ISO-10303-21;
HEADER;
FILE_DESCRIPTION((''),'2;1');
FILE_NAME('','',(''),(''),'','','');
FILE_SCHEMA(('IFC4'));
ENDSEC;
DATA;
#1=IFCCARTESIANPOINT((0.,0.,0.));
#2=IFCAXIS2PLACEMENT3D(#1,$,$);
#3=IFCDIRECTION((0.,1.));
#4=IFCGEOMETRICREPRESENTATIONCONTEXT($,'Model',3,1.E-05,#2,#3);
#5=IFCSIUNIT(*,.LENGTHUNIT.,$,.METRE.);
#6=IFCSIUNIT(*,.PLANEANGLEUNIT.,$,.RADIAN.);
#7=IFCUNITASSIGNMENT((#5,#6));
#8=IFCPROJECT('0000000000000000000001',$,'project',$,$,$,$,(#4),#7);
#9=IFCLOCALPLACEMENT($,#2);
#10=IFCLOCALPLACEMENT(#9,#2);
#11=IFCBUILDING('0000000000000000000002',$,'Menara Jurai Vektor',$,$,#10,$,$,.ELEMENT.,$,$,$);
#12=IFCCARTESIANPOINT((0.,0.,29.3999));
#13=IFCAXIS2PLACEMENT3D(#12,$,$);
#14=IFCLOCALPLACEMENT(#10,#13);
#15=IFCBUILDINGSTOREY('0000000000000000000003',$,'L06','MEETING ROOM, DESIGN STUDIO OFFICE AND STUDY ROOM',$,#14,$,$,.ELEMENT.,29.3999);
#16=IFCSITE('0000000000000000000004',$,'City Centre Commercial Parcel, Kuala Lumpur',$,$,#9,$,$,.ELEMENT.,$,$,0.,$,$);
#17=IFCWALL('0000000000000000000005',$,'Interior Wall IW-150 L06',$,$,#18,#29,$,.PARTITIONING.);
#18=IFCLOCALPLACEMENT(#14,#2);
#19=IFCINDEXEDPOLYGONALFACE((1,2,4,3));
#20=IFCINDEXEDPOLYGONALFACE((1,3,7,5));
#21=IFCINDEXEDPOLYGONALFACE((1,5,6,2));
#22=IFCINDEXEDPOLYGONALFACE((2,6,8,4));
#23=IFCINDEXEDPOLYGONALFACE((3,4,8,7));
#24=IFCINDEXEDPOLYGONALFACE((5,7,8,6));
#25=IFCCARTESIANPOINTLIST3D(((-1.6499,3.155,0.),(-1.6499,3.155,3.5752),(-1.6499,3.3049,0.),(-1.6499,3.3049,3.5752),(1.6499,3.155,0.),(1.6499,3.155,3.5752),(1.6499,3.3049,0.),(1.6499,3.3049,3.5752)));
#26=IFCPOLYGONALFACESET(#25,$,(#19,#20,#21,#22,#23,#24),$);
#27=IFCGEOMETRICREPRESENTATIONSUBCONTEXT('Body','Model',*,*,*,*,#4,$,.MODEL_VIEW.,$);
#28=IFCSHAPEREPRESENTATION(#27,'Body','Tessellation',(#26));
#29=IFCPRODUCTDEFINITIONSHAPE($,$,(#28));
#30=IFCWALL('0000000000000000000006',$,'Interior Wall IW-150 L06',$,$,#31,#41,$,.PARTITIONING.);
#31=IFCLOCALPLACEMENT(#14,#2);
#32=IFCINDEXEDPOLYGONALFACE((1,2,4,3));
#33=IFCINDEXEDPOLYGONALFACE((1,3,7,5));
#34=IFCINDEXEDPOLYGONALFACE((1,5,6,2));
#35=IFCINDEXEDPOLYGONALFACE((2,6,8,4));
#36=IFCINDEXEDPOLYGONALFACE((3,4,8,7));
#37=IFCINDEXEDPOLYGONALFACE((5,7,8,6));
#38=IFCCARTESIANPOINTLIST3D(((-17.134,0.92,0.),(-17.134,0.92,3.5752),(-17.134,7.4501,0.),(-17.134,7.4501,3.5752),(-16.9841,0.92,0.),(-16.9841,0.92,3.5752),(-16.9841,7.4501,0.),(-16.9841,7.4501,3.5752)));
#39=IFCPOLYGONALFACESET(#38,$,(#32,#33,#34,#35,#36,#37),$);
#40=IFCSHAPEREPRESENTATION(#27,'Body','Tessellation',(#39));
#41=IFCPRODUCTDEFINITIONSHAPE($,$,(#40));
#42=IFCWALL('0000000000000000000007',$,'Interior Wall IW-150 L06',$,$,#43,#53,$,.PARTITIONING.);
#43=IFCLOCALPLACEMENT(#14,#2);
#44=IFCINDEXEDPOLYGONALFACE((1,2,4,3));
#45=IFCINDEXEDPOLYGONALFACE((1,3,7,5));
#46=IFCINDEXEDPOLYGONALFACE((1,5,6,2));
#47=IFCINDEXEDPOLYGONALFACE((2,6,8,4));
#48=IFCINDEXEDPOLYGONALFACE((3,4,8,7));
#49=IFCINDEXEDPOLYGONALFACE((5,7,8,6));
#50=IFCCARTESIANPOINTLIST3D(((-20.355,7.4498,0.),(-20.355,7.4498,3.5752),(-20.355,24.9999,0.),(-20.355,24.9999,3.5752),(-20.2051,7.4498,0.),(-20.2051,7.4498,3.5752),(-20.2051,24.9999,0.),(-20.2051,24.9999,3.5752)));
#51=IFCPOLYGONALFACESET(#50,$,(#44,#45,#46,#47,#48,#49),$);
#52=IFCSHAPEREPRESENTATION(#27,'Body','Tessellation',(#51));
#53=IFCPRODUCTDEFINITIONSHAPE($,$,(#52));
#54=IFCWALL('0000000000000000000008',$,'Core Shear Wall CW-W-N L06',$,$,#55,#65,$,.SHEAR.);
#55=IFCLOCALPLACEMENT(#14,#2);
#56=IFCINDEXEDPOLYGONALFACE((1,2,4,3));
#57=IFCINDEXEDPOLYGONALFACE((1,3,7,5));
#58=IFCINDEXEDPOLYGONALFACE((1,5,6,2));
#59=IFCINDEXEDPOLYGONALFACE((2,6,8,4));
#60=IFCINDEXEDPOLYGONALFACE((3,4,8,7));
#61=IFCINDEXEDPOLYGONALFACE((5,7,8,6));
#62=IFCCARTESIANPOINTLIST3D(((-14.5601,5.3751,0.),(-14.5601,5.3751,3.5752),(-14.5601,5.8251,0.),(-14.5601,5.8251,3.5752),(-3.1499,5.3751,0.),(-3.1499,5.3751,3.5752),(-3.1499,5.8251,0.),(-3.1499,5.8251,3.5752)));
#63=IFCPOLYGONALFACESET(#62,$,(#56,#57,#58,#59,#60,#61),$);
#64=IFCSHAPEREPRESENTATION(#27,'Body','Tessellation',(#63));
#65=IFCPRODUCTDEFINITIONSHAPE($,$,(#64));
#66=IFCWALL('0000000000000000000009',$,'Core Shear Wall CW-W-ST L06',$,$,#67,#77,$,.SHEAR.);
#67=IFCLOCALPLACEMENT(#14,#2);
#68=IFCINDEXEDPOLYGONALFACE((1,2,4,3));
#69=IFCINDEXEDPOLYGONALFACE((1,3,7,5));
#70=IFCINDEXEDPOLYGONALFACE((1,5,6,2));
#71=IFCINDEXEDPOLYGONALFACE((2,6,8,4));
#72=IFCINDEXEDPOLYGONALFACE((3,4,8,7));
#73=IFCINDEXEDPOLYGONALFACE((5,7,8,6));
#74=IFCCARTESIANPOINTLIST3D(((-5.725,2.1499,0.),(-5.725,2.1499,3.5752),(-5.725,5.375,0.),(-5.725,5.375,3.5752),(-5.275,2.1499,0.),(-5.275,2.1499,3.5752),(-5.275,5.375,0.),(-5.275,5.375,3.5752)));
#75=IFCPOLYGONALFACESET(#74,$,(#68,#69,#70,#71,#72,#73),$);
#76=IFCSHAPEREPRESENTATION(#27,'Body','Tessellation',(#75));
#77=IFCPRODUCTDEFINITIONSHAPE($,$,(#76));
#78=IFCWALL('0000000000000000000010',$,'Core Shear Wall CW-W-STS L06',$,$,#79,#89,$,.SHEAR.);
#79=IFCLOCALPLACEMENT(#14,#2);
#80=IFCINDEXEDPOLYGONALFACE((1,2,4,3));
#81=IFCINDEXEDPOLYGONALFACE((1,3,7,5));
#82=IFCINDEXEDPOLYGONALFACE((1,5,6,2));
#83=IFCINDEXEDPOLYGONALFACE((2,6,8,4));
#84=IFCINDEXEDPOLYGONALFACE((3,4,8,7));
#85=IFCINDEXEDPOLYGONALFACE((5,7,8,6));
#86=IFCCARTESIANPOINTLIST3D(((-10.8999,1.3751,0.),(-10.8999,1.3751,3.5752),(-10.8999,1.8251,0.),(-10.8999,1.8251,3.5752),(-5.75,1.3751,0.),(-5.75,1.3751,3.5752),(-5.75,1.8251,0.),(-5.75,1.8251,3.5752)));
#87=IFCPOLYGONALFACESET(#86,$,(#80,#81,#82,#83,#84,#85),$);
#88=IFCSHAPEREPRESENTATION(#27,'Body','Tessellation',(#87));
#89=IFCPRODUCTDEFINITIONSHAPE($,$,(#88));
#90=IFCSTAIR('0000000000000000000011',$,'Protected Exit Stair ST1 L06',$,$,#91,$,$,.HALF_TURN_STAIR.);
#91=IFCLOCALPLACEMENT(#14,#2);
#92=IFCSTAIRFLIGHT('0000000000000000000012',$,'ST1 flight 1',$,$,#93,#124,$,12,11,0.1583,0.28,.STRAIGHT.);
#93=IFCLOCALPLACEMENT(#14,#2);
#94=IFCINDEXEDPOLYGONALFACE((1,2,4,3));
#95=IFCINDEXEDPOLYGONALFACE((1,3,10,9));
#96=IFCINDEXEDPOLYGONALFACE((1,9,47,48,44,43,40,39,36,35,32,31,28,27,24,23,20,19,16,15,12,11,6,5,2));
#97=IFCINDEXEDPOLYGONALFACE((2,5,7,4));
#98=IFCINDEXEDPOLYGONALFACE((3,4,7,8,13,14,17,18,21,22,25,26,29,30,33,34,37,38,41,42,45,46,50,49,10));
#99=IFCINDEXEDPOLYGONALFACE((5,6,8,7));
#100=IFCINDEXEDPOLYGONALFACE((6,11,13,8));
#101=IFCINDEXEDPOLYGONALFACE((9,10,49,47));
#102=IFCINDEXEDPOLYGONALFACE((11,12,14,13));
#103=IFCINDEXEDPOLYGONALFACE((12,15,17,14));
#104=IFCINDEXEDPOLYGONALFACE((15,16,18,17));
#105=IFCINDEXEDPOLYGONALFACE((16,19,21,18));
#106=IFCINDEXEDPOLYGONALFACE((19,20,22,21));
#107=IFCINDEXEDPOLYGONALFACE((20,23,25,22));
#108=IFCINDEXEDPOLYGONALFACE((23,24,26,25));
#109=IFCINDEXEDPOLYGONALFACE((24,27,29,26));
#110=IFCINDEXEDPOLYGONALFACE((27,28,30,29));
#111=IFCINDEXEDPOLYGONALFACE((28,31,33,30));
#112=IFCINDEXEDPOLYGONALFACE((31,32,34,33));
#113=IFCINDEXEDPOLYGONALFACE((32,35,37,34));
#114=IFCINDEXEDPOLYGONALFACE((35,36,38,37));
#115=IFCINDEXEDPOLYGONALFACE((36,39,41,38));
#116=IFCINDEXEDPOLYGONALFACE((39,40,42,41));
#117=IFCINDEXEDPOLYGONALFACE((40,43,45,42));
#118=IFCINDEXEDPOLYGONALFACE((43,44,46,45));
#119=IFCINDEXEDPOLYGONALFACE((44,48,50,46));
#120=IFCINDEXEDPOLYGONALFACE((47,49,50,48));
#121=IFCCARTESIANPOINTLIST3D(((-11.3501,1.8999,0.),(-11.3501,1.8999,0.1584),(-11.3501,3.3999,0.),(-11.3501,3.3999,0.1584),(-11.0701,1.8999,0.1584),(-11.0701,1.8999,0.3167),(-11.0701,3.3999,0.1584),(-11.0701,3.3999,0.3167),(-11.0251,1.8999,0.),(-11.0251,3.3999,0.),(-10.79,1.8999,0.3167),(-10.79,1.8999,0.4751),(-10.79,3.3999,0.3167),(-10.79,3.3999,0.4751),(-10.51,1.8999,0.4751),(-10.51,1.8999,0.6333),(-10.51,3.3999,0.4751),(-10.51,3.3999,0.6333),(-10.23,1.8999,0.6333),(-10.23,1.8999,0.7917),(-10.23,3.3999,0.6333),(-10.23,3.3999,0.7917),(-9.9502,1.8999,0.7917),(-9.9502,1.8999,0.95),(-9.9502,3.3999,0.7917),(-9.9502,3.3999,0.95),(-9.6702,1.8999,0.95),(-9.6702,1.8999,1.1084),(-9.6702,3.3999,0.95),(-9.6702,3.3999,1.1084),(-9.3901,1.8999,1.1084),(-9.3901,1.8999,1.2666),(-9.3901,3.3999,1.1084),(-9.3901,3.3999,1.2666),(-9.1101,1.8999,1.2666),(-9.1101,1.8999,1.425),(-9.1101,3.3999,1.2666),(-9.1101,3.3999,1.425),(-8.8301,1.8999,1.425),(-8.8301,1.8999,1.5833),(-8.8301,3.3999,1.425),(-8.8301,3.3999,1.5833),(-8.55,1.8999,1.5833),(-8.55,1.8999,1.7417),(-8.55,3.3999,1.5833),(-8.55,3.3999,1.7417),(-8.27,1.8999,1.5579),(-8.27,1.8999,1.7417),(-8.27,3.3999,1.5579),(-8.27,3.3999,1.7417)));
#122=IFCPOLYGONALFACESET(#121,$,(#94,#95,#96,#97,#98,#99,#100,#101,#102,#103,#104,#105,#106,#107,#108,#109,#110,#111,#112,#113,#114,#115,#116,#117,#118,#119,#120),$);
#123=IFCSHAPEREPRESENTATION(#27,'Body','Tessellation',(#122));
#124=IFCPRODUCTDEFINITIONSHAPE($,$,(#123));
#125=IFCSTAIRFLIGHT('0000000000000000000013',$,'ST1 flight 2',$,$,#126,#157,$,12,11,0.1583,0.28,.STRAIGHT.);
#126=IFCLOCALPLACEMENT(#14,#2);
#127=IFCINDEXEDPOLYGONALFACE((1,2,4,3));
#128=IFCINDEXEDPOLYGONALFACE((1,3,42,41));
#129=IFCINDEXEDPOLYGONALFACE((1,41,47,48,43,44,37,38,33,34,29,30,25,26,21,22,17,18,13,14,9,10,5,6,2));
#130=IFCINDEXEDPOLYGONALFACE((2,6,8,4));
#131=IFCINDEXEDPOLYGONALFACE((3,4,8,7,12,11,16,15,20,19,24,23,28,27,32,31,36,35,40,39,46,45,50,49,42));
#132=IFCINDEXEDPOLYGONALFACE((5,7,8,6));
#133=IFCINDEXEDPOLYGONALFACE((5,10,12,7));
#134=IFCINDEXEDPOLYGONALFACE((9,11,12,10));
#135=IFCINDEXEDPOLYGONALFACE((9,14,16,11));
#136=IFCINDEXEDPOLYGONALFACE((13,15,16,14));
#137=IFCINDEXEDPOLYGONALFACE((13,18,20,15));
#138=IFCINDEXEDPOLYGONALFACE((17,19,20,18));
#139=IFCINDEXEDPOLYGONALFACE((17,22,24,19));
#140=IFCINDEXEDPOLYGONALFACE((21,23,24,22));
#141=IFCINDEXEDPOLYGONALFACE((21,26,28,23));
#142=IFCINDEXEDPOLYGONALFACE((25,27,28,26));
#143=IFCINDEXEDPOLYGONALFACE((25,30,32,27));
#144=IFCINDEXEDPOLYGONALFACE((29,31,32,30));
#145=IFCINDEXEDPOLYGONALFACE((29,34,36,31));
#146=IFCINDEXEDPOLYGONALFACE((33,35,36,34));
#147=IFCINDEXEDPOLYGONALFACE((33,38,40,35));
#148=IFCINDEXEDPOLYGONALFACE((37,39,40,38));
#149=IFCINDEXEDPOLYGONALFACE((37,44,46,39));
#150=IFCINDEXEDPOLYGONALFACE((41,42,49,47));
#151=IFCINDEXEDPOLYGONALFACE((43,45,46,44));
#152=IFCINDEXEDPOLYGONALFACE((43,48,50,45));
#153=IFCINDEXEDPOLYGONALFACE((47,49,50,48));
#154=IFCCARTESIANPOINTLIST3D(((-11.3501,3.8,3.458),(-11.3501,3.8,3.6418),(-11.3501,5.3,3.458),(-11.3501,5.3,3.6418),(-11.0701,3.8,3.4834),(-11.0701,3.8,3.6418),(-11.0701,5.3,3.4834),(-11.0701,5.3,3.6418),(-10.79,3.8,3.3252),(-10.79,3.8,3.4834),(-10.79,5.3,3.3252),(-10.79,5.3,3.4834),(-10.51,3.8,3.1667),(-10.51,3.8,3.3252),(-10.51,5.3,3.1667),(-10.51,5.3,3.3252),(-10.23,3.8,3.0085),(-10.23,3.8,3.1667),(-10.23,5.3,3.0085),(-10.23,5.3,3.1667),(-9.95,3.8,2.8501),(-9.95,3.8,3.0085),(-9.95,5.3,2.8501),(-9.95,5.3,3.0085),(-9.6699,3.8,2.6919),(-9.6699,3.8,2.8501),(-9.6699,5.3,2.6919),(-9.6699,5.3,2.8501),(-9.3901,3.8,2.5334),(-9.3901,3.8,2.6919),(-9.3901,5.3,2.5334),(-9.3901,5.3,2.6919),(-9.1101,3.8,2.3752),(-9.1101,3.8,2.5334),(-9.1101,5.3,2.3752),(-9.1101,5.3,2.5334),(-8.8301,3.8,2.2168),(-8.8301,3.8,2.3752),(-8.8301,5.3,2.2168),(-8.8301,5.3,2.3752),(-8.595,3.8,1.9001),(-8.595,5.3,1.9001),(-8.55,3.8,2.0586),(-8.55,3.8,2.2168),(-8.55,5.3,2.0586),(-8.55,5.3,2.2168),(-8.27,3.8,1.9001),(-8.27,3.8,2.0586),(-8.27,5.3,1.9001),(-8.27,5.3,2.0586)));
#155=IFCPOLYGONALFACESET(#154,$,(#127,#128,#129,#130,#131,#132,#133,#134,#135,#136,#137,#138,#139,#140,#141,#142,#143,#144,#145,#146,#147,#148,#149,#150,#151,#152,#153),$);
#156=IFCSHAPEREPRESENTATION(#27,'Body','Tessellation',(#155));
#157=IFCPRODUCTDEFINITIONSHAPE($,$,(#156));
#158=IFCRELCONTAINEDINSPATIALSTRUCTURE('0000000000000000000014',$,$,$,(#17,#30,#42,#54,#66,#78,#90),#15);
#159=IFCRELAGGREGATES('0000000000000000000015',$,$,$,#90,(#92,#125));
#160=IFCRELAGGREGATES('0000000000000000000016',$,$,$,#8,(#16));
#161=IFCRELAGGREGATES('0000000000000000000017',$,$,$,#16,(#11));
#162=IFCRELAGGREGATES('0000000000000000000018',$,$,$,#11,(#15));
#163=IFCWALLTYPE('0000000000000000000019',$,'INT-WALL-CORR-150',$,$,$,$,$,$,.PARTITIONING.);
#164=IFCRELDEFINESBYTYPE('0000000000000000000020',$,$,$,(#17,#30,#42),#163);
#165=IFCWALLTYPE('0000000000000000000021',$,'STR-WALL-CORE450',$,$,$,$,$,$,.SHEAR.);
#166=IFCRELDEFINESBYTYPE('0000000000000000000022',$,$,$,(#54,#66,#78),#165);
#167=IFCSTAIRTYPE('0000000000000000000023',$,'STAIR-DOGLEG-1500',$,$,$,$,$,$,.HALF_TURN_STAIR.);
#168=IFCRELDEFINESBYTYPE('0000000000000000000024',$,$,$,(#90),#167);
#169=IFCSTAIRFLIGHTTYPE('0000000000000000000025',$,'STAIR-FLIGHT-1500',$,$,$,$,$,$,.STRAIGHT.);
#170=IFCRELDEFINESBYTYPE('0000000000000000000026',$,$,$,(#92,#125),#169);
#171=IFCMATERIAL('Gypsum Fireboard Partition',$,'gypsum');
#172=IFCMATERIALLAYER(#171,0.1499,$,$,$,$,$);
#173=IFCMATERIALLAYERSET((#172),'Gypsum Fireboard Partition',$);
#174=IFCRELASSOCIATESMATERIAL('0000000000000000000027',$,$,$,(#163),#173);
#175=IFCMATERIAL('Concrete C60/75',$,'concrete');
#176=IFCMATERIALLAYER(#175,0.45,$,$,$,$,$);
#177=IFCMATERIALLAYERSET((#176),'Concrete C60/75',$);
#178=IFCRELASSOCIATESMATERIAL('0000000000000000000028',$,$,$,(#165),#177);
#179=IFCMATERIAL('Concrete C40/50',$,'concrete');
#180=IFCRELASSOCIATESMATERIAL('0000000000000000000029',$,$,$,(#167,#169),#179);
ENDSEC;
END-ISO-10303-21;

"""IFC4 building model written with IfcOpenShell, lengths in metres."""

from ifc_helpers import new_model, si_unit, direction, frame, frame_2d, origin, place, context, subcontext, project, spatial, polyline, rectangle, outline, extrude, material, layer, layer_set, type_object, element, aggregate, save


model = new_model("IFC4")

# Units and contexts
model_context = context("Model", 3, precision=1e-05, world=origin(), true_north=direction((0.0, 1.0)))
body_context = subcontext(model_context, "Body", "Model", "MODEL_VIEW")
ifc_project = project(units=[si_unit("LENGTHUNIT", "METRE"), si_unit("PLANEANGLEUNIT", "RADIAN")], contexts=[model_context])

# Site, building, storey
site_placement = place(None, origin())
site = spatial("IfcSite", under=ifc_project, at=site_placement, Name="City Centre Commercial Parcel, Kuala Lumpur", CompositionType="ELEMENT", RefElevation=0.0)
building_placement = place(site_placement, origin())
building = spatial("IfcBuilding", under=site, at=building_placement, Name="Menara Jurai Vektor", CompositionType="ELEMENT")
storey_placement = place(building_placement, frame((0.0, 0.0, 29.3999)))
storey = spatial("IfcBuildingStorey", under=building, at=storey_placement, Name="L06", Description="MEETING ROOM, DESIGN STUDIO OFFICE AND STUDY ROOM", CompositionType="ELEMENT", Elevation=29.3999)

# Shared definitions
ifc_material_1 = material(Name="Concrete C60/75", Category="concrete")

# Shared definitions
ifc_material_2 = material(Name="Concrete C40/50", Category="concrete")

# Walls
ifc_material_3 = material(Name="Gypsum Fireboard Partition", Category="gypsum")
ifc_layer_1 = layer(ifc_material_3, 0.1499)
ifc_layer_set_1 = layer_set([ifc_layer_1], Name="Gypsum Fireboard Partition")
wall_type_1 = type_object("IfcWallType", Name="INT-WALL-CORR-150", PredefinedType="PARTITIONING", material=ifc_layer_set_1)
wall_1_placement = place(storey_placement, frame((-1.6499, 3.23, 0.0), z_axis=(0.0, 0.0, 1.0), x_axis=(1.0, 0.0, 0.0)))
element("IfcWall", 1, at=wall_1_placement, inside=storey, type_object=wall_type_1, Name="Interior Wall IW-150 L06", PredefinedType="PARTITIONING", context=body_context, shape_type="SweptSolid", body=[
    extrude(rectangle(XDim=3.2998, YDim=0.1499, at=frame_2d((1.6499, 0.0))), origin(), (0.0, 0.0, 1.0), 3.5752),
])
wall_2_placement = place(storey_placement, frame((-17.0591, 0.9199, 0.0), z_axis=(0.0, 0.0, 1.0), x_axis=(0.0, 1.0, 0.0)))
element("IfcWall", 2, at=wall_2_placement, inside=storey, type_object=wall_type_1, Name="Interior Wall IW-150 L06", PredefinedType="PARTITIONING", context=body_context, shape_type="SweptSolid", body=[
    extrude(rectangle(XDim=6.53, YDim=0.1499, at=frame_2d((3.2651, 0.0))), origin(), (0.0, 0.0, 1.0), 3.5752),
])
wall_3_placement = place(storey_placement, frame((-20.28, 7.45, 0.0), z_axis=(0.0, 0.0, 1.0), x_axis=(0.0, 1.0, 0.0)))
element("IfcWall", 3, at=wall_3_placement, inside=storey, type_object=wall_type_1, Name="Interior Wall IW-150 L06", PredefinedType="PARTITIONING", context=body_context, shape_type="SweptSolid", body=[
    extrude(rectangle(XDim=17.55, YDim=0.1499, at=frame_2d((8.7749, 0.0))), origin(), (0.0, 0.0, 1.0), 3.5752),
])
ifc_layer_2 = layer(ifc_material_1, 0.45)
ifc_layer_set_2 = layer_set([ifc_layer_2], Name="Concrete C60/75")
wall_type_2 = type_object("IfcWallType", Name="STR-WALL-CORE450", PredefinedType="SHEAR", material=ifc_layer_set_2)
wall_4_placement = place(storey_placement, frame((-14.5601, 5.6001, 0.0), z_axis=(0.0, 0.0, 1.0), x_axis=(1.0, 0.0, 0.0)))
element("IfcWall", 4, at=wall_4_placement, inside=storey, type_object=wall_type_2, Name="Core Shear Wall CW-W-N L06", PredefinedType="SHEAR", context=body_context, shape_type="SweptSolid", body=[
    extrude(rectangle(XDim=11.4102, YDim=0.45, at=frame_2d((5.7051, 0.0))), origin(), (0.0, 0.0, 1.0), 3.5752),
])
wall_5_placement = place(storey_placement, frame((-5.5, 2.1499, 0.0), z_axis=(0.0, 0.0, 1.0), x_axis=(0.0, 1.0, 0.0)))
element("IfcWall", 5, at=wall_5_placement, inside=storey, type_object=wall_type_2, Name="Core Shear Wall CW-W-ST L06", PredefinedType="SHEAR", context=body_context, shape_type="SweptSolid", body=[
    extrude(rectangle(XDim=3.2251, YDim=0.45, at=frame_2d((1.6125, 0.0))), origin(), (0.0, 0.0, 1.0), 3.5752),
])
wall_6_placement = place(storey_placement, frame((-10.8999, 1.6001, 0.0), z_axis=(0.0, 0.0, 1.0), x_axis=(1.0, 0.0, 0.0)))
element("IfcWall", 6, at=wall_6_placement, inside=storey, type_object=wall_type_2, Name="Core Shear Wall CW-W-STS L06", PredefinedType="SHEAR", context=body_context, shape_type="SweptSolid", body=[
    extrude(rectangle(XDim=5.1499, YDim=0.45, at=frame_2d((2.575, 0.0))), origin(), (0.0, 0.0, 1.0), 3.5752),
])

# Stair, stair flights
stair_type = type_object("IfcStairType", Name="STAIR-DOGLEG-1500", PredefinedType="HALF_TURN_STAIR", material=ifc_material_2)
stair_placement = place(storey_placement, origin())
stair = element("IfcStair", 7, at=stair_placement, inside=storey, type_object=stair_type, Name="Protected Exit Stair ST1 L06", PredefinedType="HALF_TURN_STAIR")
stair_flight_type = type_object("IfcStairFlightType", Name="STAIR-FLIGHT-1500", PredefinedType="STRAIGHT", material=ifc_material_2)
stair_flight_1_placement = place(storey_placement, frame((-11.3501, 2.6499, 0.0), z_axis=(0.0, 0.0, 1.0), x_axis=(1.0, 0.0, 0.0)))
stair_flight_1 = element("IfcStairFlight", 8, at=stair_flight_1_placement, type_object=stair_flight_type, Name="ST1 flight 1", NumberOfRisers=12, NumberOfTreads=11, PredefinedType="STRAIGHT", RiserHeight=0.1583, TreadLength=0.28, context=body_context, shape_type="SweptSolid", body=[
    extrude(outline(polyline([(0.0, 0.0), (0.0, 0.1584), (0.28, 0.1584), (0.28, 0.3167), (0.5601, 0.3167), (0.5601, 0.4751), (0.8401, 0.4751), (0.8401, 0.6333), (1.1201, 0.6333), (1.1201, 0.7917), (1.3999, 0.7917), (1.3999, 0.95), (1.6799, 0.95), (1.6799, 1.1084), (1.96, 1.1084), (1.96, 1.2666), (2.24, 1.2666), (2.24, 1.425), (2.52, 1.425), (2.52, 1.5833), (2.8, 1.5833), (2.8, 1.7417), (3.0801, 1.7417), (3.0801, 1.8999), (3.0801, 1.5579), (0.325, 0.0), (0.0, 0.0)])), frame((0.0, 0.75, 0.0), z_axis=(0.0, -1.0, 0.0), x_axis=(1.0, 0.0, 0.0)), (0.0, 0.0, 1.0), 1.5),
])
stair_flight_2_placement = place(storey_placement, frame((-8.27, 4.55, 1.9001), z_axis=(0.0, 0.0, 1.0), x_axis=(-1.0, 0.0, 0.0)))
stair_flight_2 = element("IfcStairFlight", 9, at=stair_flight_2_placement, type_object=stair_flight_type, Name="ST1 flight 2", NumberOfRisers=12, NumberOfTreads=11, PredefinedType="STRAIGHT", RiserHeight=0.1583, TreadLength=0.28, context=body_context, shape_type="SweptSolid", body=[
    extrude(outline(polyline([(0.0, 0.0), (0.0, 0.1584), (0.28, 0.1584), (0.28, 0.3167), (0.5601, 0.3167), (0.5601, 0.4751), (0.8401, 0.4751), (0.8401, 0.6333), (1.1201, 0.6333), (1.1201, 0.7917), (1.3999, 0.7917), (1.3999, 0.95), (1.6799, 0.95), (1.6799, 1.1084), (1.96, 1.1084), (1.96, 1.2666), (2.24, 1.2666), (2.24, 1.425), (2.52, 1.425), (2.52, 1.5833), (2.8, 1.5833), (2.8, 1.7417), (3.0801, 1.7417), (3.0801, 1.8999), (3.0801, 1.5579), (0.325, 0.0), (0.0, 0.0)])), frame((0.0, 0.75, 0.0), z_axis=(0.0, -1.0, 0.0), x_axis=(1.0, 0.0, 0.0)), (0.0, 0.0, 1.0), 1.5),
])
aggregate(stair, [stair_flight_1, stair_flight_2])

save(model, "model.ifc")
